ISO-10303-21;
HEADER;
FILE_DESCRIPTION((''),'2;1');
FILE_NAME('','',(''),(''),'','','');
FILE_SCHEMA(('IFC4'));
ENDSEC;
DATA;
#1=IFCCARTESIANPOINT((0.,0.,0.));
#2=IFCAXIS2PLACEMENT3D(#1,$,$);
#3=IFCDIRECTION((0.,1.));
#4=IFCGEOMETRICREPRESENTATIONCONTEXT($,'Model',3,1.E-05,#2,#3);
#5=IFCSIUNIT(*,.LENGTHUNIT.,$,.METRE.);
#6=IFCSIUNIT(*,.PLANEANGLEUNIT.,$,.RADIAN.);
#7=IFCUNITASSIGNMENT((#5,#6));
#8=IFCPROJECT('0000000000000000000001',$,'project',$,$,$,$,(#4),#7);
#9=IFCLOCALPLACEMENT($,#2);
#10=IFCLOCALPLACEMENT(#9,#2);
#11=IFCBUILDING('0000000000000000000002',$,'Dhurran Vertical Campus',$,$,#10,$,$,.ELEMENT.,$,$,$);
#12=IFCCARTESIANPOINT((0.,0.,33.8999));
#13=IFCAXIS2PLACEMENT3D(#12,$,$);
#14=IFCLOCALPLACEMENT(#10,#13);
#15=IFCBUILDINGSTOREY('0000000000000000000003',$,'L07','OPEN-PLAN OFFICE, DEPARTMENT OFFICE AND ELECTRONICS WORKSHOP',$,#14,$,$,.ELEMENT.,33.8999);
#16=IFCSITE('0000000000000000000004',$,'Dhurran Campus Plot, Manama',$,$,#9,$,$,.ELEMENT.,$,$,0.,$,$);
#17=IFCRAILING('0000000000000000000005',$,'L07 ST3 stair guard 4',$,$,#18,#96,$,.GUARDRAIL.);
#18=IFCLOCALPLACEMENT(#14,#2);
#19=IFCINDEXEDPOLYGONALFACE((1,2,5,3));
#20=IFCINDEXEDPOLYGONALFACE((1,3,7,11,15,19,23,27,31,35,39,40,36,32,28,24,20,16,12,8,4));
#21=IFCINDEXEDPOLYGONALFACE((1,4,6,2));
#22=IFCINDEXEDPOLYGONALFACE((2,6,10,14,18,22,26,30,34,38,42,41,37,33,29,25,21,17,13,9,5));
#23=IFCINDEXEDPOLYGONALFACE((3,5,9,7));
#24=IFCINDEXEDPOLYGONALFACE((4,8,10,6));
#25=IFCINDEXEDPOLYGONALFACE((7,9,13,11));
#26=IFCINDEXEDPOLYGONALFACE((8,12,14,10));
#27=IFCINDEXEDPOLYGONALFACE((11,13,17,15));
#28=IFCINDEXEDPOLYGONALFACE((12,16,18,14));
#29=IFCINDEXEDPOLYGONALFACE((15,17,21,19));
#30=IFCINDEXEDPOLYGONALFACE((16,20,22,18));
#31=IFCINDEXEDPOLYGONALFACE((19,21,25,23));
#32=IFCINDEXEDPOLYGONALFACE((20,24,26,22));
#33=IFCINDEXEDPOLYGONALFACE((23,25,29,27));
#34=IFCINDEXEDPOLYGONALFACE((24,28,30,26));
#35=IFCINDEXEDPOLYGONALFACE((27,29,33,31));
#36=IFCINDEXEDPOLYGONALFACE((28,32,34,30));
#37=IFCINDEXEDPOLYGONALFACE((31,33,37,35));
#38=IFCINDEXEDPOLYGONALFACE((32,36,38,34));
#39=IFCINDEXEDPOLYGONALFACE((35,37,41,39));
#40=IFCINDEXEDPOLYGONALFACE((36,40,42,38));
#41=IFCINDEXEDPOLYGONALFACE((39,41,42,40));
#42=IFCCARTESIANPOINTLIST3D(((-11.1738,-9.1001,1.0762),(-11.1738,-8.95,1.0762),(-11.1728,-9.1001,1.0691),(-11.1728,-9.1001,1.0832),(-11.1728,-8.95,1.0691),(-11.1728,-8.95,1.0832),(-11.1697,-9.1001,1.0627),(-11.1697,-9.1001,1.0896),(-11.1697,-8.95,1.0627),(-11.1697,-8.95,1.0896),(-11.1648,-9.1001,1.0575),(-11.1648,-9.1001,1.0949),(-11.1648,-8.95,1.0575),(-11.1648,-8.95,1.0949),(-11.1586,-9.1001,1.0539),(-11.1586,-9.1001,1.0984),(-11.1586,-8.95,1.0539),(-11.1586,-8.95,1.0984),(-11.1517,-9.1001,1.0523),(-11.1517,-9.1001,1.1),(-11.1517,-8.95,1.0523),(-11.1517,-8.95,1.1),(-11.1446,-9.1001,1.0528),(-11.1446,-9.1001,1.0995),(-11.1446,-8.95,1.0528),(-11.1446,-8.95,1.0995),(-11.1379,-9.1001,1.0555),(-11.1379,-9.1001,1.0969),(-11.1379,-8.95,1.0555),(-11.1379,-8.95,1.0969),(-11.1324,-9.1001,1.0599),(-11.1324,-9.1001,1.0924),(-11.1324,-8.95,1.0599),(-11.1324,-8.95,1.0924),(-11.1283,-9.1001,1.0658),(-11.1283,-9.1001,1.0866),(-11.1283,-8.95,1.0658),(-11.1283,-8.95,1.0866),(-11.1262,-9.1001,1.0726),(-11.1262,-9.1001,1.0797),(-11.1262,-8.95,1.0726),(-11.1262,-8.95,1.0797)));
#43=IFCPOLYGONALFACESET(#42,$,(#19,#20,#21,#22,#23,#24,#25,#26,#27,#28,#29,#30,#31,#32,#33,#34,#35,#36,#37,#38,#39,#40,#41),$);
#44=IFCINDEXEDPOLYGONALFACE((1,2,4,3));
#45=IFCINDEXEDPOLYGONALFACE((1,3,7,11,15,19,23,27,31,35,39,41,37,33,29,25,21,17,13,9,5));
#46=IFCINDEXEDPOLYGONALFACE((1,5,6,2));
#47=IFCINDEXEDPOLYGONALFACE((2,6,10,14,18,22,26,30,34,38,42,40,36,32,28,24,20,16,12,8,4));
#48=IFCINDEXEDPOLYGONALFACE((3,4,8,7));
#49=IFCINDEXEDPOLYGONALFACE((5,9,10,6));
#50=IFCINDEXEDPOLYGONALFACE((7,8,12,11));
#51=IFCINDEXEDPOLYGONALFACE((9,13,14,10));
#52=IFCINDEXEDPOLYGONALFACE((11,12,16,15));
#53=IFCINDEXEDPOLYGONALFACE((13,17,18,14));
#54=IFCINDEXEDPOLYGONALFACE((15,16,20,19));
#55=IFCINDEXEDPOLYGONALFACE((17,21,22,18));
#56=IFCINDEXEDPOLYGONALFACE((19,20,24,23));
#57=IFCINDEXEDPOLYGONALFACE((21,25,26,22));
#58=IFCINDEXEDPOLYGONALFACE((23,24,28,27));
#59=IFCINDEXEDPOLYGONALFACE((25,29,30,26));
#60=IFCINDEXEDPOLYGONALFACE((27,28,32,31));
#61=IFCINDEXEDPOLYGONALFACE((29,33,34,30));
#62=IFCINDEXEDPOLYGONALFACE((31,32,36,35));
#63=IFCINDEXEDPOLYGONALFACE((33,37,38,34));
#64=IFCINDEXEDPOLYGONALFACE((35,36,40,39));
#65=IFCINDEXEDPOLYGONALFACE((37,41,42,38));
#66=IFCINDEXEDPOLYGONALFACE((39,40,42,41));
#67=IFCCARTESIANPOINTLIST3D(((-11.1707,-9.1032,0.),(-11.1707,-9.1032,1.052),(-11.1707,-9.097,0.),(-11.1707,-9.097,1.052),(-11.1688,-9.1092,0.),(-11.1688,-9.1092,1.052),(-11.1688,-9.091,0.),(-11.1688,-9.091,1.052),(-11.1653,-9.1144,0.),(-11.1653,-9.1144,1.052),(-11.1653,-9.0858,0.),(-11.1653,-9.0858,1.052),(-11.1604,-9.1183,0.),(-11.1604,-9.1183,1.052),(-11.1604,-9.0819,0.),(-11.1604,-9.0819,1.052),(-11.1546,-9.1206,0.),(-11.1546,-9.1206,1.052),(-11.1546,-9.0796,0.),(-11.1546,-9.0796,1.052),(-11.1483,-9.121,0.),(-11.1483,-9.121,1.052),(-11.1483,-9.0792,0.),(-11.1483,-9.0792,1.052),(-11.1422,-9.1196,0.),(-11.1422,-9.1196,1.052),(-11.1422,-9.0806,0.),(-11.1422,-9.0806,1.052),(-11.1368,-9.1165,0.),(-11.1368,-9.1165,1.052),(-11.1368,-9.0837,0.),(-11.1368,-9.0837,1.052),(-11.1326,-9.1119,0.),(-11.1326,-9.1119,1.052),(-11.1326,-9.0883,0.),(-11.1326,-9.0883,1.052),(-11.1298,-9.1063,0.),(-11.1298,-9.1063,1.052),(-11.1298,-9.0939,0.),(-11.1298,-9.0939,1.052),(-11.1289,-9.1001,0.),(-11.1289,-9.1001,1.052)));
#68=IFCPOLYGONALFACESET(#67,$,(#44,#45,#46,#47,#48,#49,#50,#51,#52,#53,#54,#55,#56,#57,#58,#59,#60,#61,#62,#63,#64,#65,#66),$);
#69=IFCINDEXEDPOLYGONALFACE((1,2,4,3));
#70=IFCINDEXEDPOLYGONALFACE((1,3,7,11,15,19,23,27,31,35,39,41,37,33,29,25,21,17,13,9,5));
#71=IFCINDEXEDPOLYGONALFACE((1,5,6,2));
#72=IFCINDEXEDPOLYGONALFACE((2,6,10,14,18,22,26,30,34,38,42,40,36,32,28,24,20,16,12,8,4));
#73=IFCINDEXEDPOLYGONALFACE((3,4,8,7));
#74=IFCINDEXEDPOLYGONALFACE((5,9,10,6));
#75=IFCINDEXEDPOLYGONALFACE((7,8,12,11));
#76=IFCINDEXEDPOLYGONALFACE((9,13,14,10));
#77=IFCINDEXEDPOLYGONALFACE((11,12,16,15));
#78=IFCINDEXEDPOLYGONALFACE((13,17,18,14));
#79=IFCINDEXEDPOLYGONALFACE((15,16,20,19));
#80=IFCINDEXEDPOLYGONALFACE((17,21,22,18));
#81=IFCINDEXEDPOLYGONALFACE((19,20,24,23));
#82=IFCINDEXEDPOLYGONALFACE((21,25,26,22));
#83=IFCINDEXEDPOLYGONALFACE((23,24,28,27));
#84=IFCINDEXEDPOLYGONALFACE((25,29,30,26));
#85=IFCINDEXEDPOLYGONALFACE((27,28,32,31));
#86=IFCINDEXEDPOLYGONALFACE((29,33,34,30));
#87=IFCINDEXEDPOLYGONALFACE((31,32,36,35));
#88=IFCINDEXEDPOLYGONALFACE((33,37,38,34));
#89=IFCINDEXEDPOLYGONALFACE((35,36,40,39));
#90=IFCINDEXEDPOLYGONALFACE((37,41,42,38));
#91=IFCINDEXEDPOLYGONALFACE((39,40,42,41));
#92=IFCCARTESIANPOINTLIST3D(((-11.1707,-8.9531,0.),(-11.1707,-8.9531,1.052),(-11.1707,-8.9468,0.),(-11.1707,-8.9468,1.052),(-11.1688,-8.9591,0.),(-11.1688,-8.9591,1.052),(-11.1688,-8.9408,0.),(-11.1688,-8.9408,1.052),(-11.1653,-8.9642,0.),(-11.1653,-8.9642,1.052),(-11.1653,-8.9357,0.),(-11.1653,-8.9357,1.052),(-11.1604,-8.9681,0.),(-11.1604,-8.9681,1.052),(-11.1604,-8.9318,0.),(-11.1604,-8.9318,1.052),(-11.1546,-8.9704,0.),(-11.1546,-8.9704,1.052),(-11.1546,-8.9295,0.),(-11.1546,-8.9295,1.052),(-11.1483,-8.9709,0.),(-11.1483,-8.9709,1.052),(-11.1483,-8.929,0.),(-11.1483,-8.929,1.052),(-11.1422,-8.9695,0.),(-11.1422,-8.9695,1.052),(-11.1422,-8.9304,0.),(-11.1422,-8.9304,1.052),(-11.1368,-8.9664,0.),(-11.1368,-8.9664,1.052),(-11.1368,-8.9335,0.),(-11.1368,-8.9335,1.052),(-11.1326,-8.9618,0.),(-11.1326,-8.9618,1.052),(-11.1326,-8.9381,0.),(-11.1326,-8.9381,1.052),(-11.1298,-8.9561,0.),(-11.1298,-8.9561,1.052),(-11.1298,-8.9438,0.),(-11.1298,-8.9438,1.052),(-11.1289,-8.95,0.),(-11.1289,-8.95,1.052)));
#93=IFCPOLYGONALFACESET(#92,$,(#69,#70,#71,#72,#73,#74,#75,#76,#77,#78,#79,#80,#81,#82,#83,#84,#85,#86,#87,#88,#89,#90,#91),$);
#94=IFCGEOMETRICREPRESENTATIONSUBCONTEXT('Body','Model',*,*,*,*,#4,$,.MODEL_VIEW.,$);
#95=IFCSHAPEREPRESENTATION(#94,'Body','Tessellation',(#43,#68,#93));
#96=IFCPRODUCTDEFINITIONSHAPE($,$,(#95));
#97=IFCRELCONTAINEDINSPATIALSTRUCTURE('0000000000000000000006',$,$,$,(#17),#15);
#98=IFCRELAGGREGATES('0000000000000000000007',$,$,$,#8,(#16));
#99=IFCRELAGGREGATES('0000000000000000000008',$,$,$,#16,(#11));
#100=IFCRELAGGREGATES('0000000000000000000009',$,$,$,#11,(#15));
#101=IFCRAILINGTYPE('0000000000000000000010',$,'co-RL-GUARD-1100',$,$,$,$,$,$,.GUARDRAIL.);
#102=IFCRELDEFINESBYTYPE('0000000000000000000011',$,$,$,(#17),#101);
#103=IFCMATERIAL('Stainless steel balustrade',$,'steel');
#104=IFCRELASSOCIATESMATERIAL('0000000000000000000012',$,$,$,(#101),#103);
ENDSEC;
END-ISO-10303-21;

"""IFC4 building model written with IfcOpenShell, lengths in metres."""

from ifc_helpers import new_model, si_unit, direction, frame, origin, origin_2d, place, context, subcontext, project, spatial, circle, extrude, material, type_object, element, save


model = new_model("IFC4")

# Units and contexts
model_context = context("Model", 3, precision=1e-05, world=origin(), true_north=direction((0.0, 1.0)))
body_context = subcontext(model_context, "Body", "Model", "MODEL_VIEW")
ifc_project = project(units=[si_unit("LENGTHUNIT", "METRE"), si_unit("PLANEANGLEUNIT", "RADIAN")], contexts=[model_context])

# Site, building, storey
site_placement = place(None, origin())
site = spatial("IfcSite", under=ifc_project, at=site_placement, Name="Dhurran Campus Plot, Manama", CompositionType="ELEMENT", RefElevation=0.0)
building_placement = place(site_placement, origin())
building = spatial("IfcBuilding", under=site, at=building_placement, Name="Dhurran Vertical Campus", CompositionType="ELEMENT")
storey_placement = place(building_placement, frame((0.0, 0.0, 33.8999)))
storey = spatial("IfcBuildingStorey", under=building, at=storey_placement, Name="L07", Description="OPEN-PLAN OFFICE, DEPARTMENT OFFICE AND ELECTRONICS WORKSHOP", CompositionType="ELEMENT", Elevation=33.8999)

# Railing
ifc_material_1 = material(Name="Stainless steel balustrade", Category="steel")
railing_type_1 = type_object("IfcRailingType", Name="co-RL-GUARD-1100", PredefinedType="GUARDRAIL", material=ifc_material_1)
railing_1_placement = place(storey_placement, frame((-11.1499, -9.1001, 0.0)))
element("IfcRailing", 1, at=railing_1_placement, inside=storey, type_object=railing_type_1, Name="L07 ST3 stair guard 4", PredefinedType="GUARDRAIL", context=body_context, shape_type="SweptSolid", body=[
    extrude(circle(Radius=0.0239, at=origin_2d()), frame((0.0, 0.0, 1.0762), z_axis=(0.0, 1.0, 0.0), x_axis=(-1.0, 0.0, 0.0)), (0.0, 0.0, 1.0), 0.1501),
    extrude(circle(Radius=0.021, at=origin_2d()), origin(), (0.0, 0.0, 1.0), 1.052),
    extrude(circle(Radius=0.021, at=origin_2d()), frame((0.0, 0.1501, 0.0)), (0.0, 0.0, 1.0), 1.052),
])

save(model, "model.ifc")
